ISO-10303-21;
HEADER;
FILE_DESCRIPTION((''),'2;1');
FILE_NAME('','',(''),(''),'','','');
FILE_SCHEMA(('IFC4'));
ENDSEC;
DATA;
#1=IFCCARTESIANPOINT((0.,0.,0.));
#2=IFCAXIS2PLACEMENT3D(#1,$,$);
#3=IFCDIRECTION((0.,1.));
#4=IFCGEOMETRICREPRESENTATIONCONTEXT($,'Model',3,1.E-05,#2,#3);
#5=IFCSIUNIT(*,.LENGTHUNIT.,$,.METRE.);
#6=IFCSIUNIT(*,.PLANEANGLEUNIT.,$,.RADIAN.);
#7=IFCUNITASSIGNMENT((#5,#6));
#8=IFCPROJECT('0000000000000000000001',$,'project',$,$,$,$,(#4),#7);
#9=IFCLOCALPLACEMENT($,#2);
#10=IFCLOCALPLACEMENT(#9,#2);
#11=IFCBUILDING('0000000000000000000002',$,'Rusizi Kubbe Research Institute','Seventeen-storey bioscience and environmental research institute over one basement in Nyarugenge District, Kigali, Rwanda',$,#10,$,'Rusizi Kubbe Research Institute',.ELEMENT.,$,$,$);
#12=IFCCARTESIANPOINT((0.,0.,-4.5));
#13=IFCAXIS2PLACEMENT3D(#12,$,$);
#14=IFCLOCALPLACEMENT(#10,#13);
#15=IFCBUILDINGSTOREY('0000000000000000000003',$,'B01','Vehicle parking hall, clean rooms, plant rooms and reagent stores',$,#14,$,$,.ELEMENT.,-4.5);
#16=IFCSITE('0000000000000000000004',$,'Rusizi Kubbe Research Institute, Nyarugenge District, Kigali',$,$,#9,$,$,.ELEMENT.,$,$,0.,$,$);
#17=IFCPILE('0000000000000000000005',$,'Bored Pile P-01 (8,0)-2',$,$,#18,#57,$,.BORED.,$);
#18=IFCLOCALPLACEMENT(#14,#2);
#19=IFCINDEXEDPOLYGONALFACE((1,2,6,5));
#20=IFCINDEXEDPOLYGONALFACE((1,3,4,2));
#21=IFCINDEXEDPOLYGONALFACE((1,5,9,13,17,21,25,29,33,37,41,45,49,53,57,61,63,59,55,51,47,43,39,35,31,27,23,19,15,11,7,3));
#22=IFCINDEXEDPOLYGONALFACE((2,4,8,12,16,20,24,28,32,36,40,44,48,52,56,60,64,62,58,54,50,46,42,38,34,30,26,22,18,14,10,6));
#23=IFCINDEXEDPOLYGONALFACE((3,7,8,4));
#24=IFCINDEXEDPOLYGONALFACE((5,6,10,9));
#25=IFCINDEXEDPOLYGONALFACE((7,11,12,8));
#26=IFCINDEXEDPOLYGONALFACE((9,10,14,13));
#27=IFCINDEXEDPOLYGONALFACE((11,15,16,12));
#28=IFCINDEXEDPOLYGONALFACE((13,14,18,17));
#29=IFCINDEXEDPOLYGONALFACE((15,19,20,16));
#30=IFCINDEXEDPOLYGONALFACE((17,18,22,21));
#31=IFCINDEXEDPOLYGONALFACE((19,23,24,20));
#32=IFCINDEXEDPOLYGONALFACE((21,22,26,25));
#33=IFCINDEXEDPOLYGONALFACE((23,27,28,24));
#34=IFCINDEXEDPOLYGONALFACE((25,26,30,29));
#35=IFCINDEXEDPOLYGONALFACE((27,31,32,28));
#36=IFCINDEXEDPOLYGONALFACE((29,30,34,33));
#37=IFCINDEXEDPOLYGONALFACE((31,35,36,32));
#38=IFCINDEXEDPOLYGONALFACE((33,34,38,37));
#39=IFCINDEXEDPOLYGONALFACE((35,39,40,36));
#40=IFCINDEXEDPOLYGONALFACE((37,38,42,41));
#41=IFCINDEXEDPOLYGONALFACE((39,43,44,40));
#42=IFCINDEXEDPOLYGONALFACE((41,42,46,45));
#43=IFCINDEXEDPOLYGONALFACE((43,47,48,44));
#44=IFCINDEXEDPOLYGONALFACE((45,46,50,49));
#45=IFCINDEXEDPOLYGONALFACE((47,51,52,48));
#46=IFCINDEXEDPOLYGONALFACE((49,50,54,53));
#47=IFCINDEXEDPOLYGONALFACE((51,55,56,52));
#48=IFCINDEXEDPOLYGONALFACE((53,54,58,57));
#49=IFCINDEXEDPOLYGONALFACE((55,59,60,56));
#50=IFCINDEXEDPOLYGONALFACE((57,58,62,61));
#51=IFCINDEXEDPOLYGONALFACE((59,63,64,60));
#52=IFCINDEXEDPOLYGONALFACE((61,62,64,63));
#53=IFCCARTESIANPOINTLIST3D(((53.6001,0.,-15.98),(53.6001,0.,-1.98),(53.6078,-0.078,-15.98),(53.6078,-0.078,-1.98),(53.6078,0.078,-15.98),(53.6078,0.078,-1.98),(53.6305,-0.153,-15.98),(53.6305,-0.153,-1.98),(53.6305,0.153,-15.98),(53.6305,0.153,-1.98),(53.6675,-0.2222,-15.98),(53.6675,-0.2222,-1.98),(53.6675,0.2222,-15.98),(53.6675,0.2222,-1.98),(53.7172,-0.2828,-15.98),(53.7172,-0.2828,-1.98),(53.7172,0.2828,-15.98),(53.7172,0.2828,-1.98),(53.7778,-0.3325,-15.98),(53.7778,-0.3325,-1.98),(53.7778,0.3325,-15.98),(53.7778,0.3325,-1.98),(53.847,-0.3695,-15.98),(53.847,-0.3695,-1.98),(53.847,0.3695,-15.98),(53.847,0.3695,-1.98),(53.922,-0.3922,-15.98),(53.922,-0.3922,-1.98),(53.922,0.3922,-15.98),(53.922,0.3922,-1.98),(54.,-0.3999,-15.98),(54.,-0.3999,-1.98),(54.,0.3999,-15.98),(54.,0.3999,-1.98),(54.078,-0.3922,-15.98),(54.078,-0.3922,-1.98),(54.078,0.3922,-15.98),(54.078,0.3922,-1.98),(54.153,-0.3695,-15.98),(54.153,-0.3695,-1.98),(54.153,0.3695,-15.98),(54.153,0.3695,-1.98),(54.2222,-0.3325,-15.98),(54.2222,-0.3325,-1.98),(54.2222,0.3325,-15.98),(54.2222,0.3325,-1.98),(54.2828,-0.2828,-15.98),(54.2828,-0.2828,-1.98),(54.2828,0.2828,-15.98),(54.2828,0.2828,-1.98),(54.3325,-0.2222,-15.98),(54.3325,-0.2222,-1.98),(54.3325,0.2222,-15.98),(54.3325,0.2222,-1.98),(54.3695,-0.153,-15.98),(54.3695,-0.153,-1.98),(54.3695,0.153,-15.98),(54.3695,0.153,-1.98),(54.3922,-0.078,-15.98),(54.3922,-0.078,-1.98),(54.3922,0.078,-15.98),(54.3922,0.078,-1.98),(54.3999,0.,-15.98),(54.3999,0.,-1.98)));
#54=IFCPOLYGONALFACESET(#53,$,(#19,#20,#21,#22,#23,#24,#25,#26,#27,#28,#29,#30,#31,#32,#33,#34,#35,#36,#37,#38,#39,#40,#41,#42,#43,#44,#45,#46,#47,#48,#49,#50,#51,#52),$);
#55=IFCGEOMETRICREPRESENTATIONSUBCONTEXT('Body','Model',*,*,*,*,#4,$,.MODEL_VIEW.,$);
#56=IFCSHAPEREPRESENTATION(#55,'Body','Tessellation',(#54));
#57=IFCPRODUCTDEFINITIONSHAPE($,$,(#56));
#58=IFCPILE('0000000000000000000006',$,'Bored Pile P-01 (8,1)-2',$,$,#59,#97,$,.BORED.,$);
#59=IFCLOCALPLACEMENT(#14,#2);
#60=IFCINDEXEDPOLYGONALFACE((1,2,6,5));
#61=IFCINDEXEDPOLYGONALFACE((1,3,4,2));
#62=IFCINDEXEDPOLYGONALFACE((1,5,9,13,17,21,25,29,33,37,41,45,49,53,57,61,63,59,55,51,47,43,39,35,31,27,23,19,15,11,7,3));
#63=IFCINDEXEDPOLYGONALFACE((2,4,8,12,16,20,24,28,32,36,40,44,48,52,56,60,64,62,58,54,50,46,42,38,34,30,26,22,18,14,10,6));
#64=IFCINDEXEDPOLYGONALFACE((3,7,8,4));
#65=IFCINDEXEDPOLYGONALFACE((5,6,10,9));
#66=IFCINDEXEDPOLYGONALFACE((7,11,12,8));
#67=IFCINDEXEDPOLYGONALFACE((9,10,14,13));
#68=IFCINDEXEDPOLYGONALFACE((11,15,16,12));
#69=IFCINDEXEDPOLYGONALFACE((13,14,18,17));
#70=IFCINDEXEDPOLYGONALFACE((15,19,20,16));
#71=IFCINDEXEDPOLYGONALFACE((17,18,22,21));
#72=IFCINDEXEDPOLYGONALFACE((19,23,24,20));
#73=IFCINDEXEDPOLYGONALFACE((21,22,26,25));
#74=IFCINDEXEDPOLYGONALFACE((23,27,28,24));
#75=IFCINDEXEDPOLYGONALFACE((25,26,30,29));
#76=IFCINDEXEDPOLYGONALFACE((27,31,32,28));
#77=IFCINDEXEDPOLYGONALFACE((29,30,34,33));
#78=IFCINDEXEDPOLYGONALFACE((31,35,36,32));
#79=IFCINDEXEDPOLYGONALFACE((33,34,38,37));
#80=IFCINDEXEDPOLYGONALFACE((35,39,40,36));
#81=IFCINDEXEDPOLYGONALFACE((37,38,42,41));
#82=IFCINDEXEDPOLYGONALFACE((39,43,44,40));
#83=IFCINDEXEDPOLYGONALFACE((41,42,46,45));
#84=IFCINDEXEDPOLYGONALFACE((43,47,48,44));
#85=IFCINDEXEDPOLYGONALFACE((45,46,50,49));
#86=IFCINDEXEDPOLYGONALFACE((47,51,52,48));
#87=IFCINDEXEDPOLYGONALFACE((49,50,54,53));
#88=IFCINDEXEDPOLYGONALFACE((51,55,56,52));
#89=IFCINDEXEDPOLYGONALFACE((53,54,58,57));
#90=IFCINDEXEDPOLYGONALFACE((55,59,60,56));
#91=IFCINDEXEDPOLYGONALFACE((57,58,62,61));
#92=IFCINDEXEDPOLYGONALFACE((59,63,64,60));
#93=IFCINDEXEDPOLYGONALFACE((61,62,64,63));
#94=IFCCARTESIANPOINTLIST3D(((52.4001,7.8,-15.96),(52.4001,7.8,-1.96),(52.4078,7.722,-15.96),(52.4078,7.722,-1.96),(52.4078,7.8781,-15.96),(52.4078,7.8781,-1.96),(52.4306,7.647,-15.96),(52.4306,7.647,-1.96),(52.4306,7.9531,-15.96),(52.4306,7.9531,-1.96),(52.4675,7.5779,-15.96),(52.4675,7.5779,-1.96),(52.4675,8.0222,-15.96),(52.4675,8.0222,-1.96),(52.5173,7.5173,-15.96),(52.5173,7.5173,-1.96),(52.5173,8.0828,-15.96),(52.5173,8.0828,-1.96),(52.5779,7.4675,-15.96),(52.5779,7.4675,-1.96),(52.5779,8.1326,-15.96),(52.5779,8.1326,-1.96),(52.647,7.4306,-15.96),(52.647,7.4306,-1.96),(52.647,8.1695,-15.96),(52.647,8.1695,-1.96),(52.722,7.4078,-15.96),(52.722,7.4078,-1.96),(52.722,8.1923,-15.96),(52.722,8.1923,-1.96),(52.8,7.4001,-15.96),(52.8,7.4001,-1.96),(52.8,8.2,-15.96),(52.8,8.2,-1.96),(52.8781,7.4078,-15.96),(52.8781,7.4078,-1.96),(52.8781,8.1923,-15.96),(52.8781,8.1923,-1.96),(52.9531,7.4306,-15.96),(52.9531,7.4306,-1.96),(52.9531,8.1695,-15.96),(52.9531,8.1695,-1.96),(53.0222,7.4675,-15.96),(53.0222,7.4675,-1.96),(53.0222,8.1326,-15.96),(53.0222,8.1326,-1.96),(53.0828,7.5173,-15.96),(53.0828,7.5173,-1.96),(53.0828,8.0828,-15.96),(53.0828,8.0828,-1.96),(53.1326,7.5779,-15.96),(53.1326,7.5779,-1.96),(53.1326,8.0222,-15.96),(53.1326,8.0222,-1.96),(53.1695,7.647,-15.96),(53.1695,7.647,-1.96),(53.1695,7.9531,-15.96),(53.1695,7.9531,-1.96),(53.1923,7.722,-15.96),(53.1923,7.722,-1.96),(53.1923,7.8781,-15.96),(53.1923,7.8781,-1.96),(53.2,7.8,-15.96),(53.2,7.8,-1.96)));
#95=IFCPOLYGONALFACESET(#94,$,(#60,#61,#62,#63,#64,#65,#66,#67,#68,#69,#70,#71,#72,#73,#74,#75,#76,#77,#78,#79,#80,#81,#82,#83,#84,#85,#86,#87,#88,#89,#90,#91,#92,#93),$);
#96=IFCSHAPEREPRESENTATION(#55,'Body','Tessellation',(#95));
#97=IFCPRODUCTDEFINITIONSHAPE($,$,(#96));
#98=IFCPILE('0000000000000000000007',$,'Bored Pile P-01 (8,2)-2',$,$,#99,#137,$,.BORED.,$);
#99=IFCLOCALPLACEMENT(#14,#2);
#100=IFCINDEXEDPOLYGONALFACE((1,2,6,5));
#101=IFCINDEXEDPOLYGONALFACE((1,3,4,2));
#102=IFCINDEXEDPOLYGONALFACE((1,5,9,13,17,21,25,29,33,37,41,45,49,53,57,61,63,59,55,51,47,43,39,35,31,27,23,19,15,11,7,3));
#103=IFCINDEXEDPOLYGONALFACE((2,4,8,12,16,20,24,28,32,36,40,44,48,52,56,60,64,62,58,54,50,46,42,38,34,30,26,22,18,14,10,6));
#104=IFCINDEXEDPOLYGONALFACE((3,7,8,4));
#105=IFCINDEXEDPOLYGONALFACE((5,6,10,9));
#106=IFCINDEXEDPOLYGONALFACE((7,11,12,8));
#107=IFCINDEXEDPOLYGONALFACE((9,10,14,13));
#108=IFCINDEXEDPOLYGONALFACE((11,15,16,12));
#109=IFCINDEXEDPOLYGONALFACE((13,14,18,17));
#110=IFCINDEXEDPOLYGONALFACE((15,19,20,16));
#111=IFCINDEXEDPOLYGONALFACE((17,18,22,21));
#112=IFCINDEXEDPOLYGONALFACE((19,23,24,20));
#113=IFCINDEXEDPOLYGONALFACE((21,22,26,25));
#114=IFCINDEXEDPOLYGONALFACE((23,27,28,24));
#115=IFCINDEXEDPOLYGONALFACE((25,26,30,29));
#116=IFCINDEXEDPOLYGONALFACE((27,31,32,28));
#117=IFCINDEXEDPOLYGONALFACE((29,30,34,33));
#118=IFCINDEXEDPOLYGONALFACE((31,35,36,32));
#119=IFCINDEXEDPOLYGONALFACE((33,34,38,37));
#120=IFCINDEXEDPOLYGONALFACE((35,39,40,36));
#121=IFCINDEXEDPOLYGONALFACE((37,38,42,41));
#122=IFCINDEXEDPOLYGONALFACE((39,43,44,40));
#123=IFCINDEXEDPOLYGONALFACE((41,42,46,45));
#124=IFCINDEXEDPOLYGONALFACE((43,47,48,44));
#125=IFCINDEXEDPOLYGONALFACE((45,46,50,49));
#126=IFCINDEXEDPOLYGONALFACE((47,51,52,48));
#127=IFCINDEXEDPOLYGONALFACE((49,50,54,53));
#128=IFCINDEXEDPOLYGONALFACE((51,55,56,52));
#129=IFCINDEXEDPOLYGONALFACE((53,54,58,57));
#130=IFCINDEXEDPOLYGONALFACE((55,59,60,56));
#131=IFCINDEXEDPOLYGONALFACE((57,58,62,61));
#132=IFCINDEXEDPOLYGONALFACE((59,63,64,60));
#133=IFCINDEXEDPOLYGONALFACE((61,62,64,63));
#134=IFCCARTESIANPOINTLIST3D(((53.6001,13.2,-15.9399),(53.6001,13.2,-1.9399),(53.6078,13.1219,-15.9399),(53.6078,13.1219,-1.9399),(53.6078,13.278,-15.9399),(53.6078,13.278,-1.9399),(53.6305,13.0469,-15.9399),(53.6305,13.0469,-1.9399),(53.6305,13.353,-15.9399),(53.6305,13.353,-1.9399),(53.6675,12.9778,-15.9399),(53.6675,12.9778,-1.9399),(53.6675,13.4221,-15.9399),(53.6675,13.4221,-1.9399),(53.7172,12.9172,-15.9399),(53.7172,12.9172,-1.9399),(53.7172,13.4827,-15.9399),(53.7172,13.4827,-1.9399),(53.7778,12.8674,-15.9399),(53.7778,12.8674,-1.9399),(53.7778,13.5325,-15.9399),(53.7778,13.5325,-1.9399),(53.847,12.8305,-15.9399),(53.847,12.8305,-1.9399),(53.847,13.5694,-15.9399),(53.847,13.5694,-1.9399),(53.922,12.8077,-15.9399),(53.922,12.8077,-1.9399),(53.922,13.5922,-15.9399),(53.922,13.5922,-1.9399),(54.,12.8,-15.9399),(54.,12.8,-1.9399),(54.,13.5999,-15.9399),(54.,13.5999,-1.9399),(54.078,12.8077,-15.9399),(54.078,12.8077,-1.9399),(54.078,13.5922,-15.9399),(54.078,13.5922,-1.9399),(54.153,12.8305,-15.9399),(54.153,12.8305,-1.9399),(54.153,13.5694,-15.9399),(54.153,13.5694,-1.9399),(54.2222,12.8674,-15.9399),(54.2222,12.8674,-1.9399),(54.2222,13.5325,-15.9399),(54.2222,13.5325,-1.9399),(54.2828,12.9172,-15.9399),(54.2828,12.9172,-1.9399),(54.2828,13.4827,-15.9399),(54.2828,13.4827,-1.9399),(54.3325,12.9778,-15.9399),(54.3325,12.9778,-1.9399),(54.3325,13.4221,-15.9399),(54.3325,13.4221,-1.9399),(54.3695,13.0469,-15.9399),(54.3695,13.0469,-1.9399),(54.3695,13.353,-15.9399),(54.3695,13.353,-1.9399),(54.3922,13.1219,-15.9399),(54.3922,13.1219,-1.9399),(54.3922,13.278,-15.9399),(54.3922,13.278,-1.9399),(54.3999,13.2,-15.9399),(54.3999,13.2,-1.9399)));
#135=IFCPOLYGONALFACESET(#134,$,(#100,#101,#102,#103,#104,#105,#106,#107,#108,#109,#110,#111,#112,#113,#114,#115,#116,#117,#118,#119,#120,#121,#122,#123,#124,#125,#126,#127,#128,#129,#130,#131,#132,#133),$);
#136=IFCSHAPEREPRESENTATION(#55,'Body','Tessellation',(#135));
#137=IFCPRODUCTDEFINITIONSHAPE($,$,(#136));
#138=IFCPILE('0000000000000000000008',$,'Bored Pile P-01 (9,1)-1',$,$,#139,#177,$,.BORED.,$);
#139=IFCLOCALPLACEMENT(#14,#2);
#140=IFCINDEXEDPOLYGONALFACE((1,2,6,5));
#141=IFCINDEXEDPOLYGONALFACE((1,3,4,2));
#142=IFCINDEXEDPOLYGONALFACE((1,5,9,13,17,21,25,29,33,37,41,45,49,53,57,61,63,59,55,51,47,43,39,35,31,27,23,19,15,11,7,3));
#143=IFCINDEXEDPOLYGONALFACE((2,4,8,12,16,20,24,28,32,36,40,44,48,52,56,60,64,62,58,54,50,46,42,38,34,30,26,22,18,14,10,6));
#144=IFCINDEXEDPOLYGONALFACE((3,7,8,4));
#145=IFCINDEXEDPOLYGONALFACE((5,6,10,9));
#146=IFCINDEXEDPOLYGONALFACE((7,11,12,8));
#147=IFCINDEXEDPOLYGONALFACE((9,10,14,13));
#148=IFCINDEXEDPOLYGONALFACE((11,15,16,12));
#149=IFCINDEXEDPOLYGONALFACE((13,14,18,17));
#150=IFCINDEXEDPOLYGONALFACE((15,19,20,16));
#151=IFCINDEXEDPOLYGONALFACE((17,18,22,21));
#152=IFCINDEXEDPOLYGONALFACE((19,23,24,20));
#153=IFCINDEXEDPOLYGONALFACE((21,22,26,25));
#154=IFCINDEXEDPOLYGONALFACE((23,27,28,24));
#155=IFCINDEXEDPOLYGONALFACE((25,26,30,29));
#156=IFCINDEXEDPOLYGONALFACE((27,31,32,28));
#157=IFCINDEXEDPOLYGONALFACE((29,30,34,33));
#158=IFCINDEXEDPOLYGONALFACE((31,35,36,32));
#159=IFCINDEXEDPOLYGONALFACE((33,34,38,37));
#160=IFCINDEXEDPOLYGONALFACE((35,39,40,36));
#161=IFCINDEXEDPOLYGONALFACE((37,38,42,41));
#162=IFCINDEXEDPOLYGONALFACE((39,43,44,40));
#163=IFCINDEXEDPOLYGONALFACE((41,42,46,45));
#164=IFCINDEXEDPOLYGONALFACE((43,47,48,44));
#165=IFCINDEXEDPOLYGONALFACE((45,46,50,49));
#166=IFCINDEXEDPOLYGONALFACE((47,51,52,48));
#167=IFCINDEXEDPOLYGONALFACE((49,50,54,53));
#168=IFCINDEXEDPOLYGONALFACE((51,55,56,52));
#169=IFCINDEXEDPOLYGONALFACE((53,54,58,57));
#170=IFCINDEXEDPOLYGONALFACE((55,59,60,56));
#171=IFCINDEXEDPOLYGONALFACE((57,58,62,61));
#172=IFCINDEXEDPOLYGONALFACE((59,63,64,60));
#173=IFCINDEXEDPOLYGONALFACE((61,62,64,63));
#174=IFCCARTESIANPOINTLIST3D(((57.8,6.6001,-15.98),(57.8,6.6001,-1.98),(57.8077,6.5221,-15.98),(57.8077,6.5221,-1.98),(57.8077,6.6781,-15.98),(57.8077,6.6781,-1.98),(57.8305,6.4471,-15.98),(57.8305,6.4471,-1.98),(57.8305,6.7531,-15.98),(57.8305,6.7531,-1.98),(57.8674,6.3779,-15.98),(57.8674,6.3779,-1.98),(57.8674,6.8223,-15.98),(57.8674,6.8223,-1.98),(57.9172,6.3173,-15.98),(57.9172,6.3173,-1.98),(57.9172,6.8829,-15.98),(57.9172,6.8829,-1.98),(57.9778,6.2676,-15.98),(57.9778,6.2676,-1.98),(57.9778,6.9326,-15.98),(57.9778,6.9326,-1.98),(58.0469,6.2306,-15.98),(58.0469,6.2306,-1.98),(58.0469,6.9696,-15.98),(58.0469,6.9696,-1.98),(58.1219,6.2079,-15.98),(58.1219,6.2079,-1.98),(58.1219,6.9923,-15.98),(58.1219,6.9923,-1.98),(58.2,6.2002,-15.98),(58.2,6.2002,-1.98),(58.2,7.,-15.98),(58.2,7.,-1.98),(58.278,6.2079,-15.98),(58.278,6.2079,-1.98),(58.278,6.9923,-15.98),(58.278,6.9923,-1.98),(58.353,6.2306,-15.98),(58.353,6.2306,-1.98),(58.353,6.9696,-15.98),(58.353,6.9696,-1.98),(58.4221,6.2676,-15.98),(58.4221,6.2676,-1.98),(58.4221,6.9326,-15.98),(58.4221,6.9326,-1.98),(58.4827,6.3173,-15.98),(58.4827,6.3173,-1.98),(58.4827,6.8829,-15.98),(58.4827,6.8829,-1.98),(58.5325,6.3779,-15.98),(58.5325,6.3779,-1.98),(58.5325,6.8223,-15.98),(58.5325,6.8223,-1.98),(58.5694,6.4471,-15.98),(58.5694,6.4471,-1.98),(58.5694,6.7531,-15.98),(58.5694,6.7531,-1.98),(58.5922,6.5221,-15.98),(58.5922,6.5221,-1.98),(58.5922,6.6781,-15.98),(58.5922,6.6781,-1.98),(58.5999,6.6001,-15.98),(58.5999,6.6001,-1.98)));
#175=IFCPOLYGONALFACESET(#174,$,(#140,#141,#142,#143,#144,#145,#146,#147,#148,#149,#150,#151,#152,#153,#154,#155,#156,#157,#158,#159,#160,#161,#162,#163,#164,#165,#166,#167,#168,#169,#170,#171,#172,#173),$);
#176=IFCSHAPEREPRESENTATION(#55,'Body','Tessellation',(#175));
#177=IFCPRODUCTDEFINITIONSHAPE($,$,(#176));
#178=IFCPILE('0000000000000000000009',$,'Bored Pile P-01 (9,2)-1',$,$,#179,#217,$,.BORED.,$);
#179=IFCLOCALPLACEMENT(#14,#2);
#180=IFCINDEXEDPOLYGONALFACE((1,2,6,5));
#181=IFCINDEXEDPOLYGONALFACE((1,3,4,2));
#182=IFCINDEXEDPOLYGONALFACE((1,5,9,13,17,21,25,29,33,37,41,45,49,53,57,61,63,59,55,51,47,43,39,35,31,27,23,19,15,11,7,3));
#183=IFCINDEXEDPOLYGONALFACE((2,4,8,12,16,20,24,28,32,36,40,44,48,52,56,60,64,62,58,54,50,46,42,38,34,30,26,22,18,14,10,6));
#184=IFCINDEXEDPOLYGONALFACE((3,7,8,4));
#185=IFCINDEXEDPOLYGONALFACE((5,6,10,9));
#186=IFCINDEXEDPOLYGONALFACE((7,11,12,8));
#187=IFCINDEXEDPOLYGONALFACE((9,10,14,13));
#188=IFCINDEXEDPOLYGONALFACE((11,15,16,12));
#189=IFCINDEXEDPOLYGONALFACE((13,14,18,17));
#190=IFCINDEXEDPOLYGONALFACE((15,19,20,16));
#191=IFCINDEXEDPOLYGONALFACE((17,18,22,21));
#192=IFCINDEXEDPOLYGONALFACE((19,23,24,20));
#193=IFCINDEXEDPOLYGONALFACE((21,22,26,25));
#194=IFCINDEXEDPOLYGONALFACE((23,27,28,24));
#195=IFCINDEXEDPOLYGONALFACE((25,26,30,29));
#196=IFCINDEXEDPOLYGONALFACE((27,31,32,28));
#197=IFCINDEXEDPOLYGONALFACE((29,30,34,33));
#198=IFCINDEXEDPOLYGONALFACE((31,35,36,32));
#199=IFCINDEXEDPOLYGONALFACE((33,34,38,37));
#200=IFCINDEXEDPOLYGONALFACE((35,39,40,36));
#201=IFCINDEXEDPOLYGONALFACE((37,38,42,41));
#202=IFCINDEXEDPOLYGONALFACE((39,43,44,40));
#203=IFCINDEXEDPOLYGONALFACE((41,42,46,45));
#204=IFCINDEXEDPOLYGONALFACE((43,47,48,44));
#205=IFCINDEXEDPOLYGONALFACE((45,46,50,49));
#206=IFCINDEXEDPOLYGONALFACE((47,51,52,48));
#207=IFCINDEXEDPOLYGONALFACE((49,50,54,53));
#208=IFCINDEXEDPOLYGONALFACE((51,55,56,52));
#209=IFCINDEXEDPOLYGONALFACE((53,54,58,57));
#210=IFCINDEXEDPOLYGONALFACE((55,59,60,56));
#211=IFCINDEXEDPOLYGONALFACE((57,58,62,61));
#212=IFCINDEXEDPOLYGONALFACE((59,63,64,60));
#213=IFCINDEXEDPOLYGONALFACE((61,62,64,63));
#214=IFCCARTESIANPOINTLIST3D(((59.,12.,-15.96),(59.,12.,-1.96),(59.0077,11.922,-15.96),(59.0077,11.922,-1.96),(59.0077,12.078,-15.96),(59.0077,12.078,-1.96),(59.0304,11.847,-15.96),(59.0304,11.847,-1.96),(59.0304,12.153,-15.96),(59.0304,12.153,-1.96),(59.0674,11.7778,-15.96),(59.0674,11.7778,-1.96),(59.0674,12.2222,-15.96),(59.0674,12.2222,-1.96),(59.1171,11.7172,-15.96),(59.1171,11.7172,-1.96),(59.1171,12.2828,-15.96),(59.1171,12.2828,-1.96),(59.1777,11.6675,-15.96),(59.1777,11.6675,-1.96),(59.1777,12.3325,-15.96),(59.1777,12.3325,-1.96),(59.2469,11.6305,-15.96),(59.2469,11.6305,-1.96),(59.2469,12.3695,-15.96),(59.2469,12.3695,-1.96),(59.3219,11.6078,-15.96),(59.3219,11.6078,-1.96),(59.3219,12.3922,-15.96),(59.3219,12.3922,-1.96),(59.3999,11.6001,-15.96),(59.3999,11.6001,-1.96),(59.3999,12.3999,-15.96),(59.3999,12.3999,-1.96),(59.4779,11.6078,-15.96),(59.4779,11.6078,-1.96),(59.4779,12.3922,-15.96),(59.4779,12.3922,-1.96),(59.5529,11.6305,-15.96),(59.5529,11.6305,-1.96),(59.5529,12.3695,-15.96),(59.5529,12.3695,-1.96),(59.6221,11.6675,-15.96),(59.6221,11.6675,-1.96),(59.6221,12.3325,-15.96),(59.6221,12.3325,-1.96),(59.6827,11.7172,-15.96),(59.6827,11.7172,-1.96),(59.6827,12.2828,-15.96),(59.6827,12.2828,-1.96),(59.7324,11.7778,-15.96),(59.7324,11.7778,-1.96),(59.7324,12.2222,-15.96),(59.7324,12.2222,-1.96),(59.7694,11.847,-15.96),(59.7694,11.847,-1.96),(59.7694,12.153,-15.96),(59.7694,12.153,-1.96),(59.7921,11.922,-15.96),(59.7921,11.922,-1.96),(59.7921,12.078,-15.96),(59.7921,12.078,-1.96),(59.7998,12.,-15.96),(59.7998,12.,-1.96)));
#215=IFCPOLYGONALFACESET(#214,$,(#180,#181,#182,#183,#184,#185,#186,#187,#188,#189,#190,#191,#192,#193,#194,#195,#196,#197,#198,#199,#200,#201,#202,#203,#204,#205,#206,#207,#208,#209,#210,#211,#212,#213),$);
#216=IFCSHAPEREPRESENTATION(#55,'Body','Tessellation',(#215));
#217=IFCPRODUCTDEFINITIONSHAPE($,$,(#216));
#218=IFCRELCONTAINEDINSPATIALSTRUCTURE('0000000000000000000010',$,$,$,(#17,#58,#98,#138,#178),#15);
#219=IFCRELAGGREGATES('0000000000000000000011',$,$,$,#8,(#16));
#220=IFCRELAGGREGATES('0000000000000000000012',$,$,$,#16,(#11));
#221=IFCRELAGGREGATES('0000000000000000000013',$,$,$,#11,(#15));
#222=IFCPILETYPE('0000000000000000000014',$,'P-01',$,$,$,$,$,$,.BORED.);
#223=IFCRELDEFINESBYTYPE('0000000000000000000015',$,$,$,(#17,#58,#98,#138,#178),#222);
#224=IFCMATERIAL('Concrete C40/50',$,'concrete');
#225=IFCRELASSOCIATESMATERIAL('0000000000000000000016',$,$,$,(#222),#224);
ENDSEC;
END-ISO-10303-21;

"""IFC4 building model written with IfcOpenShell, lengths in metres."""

from ifc_helpers import new_model, si_unit, direction, frame, origin, origin_2d, place, context, subcontext, project, spatial, circle, extrude, material, material_profile, profile_set, type_object, element, save


model = new_model("IFC4")

# Units and contexts
model_context = context("Model", 3, precision=1e-05, world=origin(), true_north=direction((0.0, 1.0)))
body_context = subcontext(model_context, "Body", "Model", "MODEL_VIEW")
ifc_project = project(units=[si_unit("LENGTHUNIT", "METRE"), si_unit("PLANEANGLEUNIT", "RADIAN")], contexts=[model_context])

# Site, building, storey
site_placement = place(None, origin())
site = spatial("IfcSite", under=ifc_project, at=site_placement, Name="Rusizi Kubbe Research Institute, Nyarugenge District, Kigali", CompositionType="ELEMENT", RefElevation=0.0)
building_placement = place(site_placement, origin())
building = spatial("IfcBuilding", under=site, at=building_placement, Name="Rusizi Kubbe Research Institute", Description="Seventeen-storey bioscience and environmental research institute over one basement in Nyarugenge District, Kigali, Rwanda", LongName="Rusizi Kubbe Research Institute", CompositionType="ELEMENT")
storey_placement = place(building_placement, frame((0.0, 0.0, -4.5)))
storey = spatial("IfcBuildingStorey", under=building, at=storey_placement, Name="B01", Description="Vehicle parking hall, clean rooms, plant rooms and reagent stores", CompositionType="ELEMENT", Elevation=-4.5)

# Piles
ifc_material_1 = material(Name="Concrete C40/50", Category="concrete")
ifc_material_profile_1 = material_profile(ifc_material_1, circle(Radius=0.3999, at=origin_2d()), Name="PILE-D800")
ifc_profile_set_1 = profile_set([ifc_material_profile_1], Name="Concrete C40/50")
pile_type_1 = type_object("IfcPileType", Name="P-01", PredefinedType="BORED", material=ifc_profile_set_1)
for number, where, z_axis, x_axis, name in (
    (1, (54.0, 0.0, -1.98), (0.0, 0.0, -1.0), (1.0, 0.0, 0.0), "Bored Pile P-01 (8,0)-2"),
    (2, (52.8, 7.8, -1.96), (0.0, 0.0, -1.0), (1.0, 0.0, 0.0), "Bored Pile P-01 (8,1)-2"),
    (3, (54.0, 13.2, -1.9399), (0.0, 0.0, -1.0), (1.0, 0.0, 0.0), "Bored Pile P-01 (8,2)-2"),
    (4, (58.2, 6.6001, -1.98), (0.0, 0.0, -1.0), (1.0, 0.0, 0.0), "Bored Pile P-01 (9,1)-1"),
    (5, (59.3999, 12.0, -1.96), (0.0, 0.0, -1.0), (1.0, 0.0, 0.0), "Bored Pile P-01 (9,2)-1"),
):
    element("IfcPile", number, at=place(storey_placement, frame(where, z_axis=z_axis, x_axis=x_axis)), inside=storey, type_object=pile_type_1, Name=name, PredefinedType="BORED", context=body_context, shape_type="SweptSolid", body=[
        extrude(circle(Radius=0.3999, at=origin_2d()), origin(), (0.0, 0.0, 1.0), 14.0),
    ])

save(model, "model.ifc")
